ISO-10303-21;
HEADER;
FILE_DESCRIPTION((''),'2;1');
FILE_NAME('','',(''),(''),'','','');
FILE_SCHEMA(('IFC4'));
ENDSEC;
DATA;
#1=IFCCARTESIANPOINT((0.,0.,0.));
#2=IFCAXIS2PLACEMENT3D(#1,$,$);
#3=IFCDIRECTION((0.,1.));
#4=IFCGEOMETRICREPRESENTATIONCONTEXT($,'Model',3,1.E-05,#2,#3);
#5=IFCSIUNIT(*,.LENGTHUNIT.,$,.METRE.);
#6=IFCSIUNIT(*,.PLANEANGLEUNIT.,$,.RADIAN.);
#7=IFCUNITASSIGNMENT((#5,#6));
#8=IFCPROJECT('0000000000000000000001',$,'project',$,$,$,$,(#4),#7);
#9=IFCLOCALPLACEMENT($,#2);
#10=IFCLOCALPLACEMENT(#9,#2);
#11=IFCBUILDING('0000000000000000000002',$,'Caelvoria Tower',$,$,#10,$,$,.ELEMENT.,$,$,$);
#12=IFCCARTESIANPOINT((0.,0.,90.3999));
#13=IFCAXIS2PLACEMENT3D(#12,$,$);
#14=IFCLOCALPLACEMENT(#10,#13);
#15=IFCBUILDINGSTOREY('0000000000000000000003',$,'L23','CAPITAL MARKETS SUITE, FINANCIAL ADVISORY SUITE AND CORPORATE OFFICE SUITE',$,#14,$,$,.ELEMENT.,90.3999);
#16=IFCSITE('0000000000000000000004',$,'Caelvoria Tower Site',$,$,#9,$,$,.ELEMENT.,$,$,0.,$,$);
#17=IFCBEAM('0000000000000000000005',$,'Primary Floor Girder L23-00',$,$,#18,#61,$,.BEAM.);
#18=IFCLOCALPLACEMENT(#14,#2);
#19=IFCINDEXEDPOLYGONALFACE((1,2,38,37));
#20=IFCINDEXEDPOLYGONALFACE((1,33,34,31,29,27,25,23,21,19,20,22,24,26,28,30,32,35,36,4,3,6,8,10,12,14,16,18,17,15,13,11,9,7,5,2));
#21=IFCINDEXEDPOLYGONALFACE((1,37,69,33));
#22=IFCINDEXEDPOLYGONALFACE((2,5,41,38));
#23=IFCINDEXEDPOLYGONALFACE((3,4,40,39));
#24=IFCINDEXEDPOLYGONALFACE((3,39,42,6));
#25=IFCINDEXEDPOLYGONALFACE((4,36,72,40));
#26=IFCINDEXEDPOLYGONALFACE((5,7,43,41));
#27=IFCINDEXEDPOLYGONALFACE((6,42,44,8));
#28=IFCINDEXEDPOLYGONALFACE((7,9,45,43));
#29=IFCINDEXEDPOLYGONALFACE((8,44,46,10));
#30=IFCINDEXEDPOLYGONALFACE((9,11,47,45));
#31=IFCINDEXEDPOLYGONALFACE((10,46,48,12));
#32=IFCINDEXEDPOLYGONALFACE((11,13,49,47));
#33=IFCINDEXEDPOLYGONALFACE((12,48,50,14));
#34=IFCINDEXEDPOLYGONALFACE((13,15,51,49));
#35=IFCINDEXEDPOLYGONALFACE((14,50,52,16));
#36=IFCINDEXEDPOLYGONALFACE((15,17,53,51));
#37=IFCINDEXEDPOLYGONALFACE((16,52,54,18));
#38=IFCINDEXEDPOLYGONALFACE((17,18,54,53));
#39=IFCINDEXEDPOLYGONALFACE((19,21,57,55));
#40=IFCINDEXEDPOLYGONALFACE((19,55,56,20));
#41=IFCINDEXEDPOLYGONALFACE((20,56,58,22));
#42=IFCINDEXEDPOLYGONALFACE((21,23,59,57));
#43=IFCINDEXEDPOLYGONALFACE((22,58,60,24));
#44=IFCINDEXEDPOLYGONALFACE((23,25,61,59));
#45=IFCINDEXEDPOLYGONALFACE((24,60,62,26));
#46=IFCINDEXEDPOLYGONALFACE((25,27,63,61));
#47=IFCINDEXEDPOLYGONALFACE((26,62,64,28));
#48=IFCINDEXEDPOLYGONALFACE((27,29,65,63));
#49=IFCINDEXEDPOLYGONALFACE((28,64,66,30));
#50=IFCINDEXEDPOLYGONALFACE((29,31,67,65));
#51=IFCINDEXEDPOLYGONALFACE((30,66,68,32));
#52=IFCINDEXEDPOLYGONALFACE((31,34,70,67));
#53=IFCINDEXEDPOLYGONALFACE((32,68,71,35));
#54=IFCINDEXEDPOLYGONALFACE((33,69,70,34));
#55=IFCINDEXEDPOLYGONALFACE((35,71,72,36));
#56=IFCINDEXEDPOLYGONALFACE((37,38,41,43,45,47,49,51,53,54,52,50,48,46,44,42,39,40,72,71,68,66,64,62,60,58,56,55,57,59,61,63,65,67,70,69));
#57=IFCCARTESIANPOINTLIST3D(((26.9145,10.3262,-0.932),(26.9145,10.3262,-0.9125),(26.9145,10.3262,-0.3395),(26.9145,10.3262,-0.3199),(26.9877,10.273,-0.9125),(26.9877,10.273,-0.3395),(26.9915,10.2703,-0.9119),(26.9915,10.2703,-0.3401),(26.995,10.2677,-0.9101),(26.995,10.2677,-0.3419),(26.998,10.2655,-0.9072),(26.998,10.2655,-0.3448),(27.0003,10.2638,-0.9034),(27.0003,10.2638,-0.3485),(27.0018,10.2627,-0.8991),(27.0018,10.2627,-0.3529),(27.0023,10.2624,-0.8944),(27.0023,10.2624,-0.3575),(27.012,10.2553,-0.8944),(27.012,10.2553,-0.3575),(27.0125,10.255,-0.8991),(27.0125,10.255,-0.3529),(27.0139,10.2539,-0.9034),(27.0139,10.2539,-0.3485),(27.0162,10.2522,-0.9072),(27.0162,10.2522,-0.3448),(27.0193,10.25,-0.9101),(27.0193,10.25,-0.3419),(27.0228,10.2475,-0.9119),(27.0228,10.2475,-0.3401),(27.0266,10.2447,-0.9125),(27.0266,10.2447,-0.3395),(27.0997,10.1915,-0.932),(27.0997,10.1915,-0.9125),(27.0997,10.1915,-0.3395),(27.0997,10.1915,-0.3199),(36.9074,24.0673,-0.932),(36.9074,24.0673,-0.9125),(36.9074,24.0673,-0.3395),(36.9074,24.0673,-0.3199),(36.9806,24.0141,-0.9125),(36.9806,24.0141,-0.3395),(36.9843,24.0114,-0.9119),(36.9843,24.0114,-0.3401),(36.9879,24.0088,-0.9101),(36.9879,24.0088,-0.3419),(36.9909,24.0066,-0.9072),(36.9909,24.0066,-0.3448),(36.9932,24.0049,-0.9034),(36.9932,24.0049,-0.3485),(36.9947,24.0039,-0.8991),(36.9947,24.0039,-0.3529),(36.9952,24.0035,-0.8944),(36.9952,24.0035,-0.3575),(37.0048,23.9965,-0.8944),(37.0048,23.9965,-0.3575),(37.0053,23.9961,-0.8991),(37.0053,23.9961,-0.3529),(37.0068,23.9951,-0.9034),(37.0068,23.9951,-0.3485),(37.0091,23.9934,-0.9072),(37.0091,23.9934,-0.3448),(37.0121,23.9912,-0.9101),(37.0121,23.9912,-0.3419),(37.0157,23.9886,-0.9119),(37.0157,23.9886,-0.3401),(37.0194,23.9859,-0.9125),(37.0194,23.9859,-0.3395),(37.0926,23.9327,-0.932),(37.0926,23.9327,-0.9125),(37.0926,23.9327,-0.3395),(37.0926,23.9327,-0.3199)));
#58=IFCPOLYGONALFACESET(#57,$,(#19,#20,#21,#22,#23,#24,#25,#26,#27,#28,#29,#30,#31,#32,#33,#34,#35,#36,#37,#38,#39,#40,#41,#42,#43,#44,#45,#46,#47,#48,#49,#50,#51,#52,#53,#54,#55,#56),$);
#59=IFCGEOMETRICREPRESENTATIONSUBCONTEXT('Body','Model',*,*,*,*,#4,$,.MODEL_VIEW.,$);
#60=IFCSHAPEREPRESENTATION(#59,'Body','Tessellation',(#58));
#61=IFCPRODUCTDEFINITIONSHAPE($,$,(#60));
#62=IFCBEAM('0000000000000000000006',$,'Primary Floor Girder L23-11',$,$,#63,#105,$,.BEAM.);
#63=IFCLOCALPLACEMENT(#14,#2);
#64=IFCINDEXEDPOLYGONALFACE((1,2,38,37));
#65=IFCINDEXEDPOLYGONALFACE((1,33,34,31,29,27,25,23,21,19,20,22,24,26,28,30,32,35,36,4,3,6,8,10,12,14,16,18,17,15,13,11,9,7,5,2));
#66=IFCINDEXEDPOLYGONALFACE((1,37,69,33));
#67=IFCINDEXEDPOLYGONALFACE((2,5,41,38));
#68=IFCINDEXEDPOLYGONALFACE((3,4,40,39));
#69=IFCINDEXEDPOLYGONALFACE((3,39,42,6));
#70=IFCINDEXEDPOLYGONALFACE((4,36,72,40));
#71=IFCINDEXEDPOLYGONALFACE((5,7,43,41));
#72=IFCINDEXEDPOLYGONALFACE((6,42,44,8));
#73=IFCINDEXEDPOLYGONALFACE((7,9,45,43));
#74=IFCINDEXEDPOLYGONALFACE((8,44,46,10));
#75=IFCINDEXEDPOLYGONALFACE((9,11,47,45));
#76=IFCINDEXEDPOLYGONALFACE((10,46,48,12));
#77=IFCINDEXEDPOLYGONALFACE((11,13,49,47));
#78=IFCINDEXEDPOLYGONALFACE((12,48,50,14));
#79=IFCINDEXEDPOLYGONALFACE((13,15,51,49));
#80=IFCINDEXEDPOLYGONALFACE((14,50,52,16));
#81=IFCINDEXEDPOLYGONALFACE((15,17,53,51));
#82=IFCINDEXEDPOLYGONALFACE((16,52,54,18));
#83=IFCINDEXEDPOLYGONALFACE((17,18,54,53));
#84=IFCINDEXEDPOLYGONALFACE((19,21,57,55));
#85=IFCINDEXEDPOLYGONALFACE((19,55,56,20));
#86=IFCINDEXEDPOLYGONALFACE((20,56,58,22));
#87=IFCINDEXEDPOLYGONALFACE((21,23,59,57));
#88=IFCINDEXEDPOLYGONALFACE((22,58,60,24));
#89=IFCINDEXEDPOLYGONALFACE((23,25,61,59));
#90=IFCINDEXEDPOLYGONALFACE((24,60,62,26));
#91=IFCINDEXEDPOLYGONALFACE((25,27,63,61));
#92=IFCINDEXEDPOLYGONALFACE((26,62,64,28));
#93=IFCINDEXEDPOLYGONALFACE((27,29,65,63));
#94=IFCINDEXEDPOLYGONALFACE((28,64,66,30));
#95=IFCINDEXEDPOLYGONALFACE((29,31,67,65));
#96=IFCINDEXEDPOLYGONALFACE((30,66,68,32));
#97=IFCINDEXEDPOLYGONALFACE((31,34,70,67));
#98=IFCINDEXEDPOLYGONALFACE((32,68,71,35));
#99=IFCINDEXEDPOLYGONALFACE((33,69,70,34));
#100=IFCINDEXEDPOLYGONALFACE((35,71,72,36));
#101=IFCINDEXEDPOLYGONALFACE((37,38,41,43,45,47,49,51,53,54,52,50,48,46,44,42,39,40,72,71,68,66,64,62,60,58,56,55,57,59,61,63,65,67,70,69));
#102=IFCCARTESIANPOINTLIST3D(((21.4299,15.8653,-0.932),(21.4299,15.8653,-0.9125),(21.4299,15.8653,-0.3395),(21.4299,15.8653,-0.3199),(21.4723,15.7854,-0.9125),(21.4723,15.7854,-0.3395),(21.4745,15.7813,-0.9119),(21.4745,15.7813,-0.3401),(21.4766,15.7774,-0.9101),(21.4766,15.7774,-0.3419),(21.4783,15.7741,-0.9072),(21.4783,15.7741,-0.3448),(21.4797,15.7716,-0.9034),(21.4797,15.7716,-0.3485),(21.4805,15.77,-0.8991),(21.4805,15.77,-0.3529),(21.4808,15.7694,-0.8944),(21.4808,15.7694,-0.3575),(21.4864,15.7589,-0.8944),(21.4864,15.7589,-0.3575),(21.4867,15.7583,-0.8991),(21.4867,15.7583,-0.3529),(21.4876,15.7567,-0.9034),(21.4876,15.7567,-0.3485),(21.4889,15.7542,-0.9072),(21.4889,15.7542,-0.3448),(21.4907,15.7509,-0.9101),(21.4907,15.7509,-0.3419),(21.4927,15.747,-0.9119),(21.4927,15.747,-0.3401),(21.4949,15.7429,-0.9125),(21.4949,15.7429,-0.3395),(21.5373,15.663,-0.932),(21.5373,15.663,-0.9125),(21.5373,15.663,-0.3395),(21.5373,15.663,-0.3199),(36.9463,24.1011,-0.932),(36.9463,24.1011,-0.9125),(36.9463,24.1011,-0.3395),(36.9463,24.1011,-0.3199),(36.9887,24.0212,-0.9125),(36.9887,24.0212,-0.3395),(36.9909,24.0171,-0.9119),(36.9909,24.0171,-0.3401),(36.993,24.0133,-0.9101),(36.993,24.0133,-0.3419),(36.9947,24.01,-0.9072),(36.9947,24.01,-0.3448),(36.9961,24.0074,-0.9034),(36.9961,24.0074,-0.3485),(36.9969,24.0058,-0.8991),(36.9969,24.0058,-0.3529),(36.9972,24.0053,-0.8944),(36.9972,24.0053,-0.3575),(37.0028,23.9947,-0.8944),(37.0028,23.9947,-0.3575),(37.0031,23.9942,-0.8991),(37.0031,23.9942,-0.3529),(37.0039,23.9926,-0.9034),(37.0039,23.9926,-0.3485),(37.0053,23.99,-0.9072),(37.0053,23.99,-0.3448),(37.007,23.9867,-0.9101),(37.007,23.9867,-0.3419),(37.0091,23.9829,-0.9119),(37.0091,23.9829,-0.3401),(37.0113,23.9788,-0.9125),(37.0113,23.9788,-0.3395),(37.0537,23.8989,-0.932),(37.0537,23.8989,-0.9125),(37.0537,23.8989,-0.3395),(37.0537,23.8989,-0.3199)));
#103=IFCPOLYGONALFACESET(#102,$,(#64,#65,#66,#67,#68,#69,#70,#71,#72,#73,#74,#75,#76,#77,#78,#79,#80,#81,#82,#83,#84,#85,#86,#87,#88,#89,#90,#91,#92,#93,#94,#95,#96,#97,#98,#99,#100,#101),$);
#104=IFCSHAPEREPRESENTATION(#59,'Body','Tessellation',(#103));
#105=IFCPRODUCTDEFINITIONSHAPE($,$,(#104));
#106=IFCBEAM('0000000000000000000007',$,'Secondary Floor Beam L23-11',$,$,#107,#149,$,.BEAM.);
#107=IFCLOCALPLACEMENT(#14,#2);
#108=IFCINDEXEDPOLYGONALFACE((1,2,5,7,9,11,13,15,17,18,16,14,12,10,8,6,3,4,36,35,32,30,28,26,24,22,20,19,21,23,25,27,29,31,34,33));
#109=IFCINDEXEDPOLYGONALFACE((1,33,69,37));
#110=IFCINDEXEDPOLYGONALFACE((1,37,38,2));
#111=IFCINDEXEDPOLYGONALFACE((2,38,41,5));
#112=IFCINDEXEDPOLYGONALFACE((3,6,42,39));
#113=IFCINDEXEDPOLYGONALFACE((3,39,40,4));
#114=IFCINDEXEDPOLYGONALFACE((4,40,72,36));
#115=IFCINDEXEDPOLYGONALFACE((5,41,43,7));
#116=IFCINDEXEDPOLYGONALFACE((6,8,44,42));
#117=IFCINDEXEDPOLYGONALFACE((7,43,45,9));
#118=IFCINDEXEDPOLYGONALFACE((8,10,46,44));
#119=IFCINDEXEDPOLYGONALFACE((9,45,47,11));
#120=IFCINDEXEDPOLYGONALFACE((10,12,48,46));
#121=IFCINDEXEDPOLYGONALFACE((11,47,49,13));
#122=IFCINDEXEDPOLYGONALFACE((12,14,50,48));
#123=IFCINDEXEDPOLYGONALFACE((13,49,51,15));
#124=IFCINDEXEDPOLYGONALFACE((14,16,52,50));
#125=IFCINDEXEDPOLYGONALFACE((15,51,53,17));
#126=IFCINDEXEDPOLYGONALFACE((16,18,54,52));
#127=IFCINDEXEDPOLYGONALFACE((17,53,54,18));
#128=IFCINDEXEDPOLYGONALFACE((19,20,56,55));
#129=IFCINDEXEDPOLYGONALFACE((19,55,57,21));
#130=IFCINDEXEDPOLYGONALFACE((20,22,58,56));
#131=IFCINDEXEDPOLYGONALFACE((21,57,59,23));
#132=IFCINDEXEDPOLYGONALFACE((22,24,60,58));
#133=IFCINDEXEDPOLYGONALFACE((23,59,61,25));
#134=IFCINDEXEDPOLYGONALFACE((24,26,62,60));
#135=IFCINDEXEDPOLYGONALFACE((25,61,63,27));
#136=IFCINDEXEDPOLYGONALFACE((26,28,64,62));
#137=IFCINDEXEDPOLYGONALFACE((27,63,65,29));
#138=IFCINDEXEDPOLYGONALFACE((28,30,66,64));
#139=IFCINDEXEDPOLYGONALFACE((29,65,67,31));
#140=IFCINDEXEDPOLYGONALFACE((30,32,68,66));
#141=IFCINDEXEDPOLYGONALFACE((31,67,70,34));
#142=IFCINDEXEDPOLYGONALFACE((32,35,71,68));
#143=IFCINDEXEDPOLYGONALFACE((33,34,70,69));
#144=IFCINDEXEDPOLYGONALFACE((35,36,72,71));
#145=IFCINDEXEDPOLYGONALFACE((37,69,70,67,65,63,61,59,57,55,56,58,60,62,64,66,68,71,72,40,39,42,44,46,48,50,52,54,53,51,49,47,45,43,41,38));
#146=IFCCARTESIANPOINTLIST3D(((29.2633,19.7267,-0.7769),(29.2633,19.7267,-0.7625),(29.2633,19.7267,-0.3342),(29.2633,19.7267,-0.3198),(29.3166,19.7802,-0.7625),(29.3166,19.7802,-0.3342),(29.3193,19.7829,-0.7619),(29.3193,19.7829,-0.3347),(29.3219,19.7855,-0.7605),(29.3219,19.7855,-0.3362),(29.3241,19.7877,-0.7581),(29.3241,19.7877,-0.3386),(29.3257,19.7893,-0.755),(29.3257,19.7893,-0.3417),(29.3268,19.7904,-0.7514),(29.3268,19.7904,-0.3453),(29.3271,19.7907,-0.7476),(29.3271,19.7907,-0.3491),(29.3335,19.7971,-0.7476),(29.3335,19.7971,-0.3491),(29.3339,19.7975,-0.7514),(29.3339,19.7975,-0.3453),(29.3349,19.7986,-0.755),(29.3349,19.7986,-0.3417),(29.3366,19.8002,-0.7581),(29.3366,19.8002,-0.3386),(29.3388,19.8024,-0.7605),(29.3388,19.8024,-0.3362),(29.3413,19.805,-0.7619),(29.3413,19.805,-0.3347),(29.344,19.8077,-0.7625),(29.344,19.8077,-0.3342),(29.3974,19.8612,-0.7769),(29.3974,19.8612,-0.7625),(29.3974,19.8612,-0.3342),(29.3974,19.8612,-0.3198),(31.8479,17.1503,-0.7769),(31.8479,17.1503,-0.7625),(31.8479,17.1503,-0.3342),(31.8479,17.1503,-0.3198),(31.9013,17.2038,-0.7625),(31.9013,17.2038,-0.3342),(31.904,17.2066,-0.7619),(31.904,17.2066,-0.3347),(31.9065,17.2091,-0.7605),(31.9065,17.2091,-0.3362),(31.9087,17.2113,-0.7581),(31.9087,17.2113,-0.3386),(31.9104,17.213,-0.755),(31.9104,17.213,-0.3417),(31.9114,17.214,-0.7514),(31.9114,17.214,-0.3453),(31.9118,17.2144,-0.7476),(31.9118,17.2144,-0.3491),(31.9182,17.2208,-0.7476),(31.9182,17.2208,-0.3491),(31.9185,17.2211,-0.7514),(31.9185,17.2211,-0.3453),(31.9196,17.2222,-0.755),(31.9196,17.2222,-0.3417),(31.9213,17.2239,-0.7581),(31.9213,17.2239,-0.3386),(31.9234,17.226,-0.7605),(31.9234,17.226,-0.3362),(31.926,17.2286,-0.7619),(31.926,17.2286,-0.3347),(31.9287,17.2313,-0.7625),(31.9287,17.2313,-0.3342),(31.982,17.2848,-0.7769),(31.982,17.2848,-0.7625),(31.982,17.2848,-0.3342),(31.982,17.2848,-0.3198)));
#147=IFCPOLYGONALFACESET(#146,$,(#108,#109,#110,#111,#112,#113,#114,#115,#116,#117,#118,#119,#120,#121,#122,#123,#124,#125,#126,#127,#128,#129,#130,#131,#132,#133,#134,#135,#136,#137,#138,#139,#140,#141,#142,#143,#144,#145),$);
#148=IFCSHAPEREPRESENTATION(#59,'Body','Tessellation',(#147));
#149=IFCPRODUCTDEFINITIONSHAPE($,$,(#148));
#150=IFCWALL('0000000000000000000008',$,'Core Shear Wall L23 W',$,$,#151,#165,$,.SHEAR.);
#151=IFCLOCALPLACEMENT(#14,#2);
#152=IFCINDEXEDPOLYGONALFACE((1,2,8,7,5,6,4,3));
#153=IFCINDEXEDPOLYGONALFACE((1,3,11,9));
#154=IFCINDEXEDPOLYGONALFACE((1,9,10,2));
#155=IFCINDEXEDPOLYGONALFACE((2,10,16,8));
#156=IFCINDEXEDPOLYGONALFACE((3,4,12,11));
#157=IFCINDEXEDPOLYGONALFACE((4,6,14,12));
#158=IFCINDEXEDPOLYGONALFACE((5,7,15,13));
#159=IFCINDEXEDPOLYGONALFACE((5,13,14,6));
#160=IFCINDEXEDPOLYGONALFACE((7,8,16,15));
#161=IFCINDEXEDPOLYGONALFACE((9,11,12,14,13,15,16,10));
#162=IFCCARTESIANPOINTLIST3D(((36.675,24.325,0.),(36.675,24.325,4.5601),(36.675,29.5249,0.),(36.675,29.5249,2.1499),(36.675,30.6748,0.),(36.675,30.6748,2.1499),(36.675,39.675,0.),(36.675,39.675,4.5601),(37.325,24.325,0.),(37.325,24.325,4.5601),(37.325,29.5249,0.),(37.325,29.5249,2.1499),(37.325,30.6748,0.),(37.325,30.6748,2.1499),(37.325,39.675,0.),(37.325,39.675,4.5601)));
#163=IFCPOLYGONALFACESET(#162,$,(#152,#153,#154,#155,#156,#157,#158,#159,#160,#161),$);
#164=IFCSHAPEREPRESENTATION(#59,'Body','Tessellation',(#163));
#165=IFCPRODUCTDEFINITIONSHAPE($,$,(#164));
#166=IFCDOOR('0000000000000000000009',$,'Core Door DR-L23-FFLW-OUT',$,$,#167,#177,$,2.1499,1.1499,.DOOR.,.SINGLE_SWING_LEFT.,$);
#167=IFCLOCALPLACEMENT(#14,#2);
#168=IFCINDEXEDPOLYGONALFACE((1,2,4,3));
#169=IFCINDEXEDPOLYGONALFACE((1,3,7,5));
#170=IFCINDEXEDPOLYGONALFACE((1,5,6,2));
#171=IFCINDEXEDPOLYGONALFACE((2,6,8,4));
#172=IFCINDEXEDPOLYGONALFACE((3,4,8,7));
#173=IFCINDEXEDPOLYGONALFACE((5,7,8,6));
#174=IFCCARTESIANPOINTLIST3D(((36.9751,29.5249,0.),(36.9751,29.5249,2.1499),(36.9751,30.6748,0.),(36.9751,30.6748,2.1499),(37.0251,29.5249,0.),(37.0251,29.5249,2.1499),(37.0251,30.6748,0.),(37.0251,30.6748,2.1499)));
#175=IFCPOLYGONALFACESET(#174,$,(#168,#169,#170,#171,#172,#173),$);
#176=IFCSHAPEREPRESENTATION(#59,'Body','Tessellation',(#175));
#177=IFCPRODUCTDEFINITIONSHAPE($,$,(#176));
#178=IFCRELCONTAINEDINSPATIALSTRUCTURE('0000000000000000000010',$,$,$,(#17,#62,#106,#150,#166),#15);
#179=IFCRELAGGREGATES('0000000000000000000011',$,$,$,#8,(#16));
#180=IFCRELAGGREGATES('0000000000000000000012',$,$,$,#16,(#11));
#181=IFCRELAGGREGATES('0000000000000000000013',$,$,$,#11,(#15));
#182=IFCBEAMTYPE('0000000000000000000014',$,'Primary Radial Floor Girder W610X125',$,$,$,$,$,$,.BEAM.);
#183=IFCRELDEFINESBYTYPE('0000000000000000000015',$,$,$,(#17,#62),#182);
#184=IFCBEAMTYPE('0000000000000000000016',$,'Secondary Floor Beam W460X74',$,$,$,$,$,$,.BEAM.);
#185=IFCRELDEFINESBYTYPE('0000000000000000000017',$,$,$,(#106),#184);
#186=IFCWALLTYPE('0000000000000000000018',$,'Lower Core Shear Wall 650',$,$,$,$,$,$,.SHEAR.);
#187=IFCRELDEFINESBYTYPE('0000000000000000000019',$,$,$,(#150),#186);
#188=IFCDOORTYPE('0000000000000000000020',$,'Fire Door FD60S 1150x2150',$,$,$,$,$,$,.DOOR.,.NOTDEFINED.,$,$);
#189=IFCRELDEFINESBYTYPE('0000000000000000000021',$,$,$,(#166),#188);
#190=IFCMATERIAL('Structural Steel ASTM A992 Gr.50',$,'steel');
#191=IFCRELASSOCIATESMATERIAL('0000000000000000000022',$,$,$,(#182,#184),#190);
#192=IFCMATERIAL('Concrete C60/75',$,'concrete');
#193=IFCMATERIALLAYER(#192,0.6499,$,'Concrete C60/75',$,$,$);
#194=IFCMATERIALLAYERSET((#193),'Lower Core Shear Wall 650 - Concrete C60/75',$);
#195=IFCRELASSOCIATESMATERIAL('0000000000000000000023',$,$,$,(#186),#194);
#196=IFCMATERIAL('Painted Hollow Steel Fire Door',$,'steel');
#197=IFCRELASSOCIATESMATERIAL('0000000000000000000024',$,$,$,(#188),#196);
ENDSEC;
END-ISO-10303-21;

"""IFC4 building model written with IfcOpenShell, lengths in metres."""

from ifc_helpers import new_model, si_unit, direction, frame, frame_2d, origin, origin_2d, place, context, subcontext, project, spatial, rectangle, i_section, extrude, material, layer, layer_set, material_profile, profile_set, type_object, element, fill, save


model = new_model("IFC4")

# Units and contexts
model_context = context("Model", 3, precision=1e-05, world=origin(), true_north=direction((0.0, 1.0)))
body_context = subcontext(model_context, "Body", "Model", "MODEL_VIEW")
ifc_project = project(units=[si_unit("LENGTHUNIT", "METRE"), si_unit("PLANEANGLEUNIT", "RADIAN")], contexts=[model_context])

# Site, building, storey
site_placement = place(None, origin())
site = spatial("IfcSite", under=ifc_project, at=site_placement, Name="Caelvoria Tower Site", CompositionType="ELEMENT", RefElevation=0.0)
building_placement = place(site_placement, origin())
building = spatial("IfcBuilding", under=site, at=building_placement, Name="Caelvoria Tower", CompositionType="ELEMENT")
storey_placement = place(building_placement, frame((0.0, 0.0, 90.3999)))
storey = spatial("IfcBuildingStorey", under=building, at=storey_placement, Name="L23", Description="CAPITAL MARKETS SUITE, FINANCIAL ADVISORY SUITE AND CORPORATE OFFICE SUITE", CompositionType="ELEMENT", Elevation=90.3999)

# Beams
ifc_material_1 = material(Name="Structural Steel ASTM A992 Gr.50", Category="steel")
ifc_material_profile_1 = material_profile(ifc_material_1, i_section(OverallWidth=0.229, OverallDepth=0.6121, WebThickness=0.012, FlangeThickness=0.0195, FilletRadius=0.0181, at=origin_2d()), Name="Structural Steel ASTM A992 Gr.50")
ifc_profile_set_1 = profile_set([ifc_material_profile_1], Name="W610X125 - Structural Steel ASTM A992 Gr.50")
beam_type_1 = type_object("IfcBeamType", Name="Primary Radial Floor Girder W610X125", PredefinedType="BEAM", material=ifc_profile_set_1)
beam_1_placement = place(storey_placement, frame((37.0, 24.0, -0.626), z_axis=(-0.588145, -0.808755, 0.0), x_axis=(0.808755, -0.588145, 0.0)))
element("IfcBeam", 1, at=beam_1_placement, inside=storey, type_object=beam_type_1, Name="Primary Floor Girder L23-00", PredefinedType="BEAM", context=body_context, shape_type="SweptSolid", body=[
    extrude(i_section(OverallWidth=0.229, OverallDepth=0.6121, WebThickness=0.012, FlangeThickness=0.0195, FilletRadius=0.0181, at=origin_2d()), origin(), (0.0, 0.0, 1.0), 16.9905),
])
beam_2_placement = place(storey_placement, frame((37.0, 24.0, -0.626), z_axis=(-0.883286, -0.468834, 0.0), x_axis=(0.468834, -0.883286, 0.0)))
element("IfcBeam", 2, at=beam_2_placement, inside=storey, type_object=beam_type_1, Name="Primary Floor Girder L23-11", PredefinedType="BEAM", context=body_context, shape_type="SweptSolid", body=[
    extrude(i_section(OverallWidth=0.229, OverallDepth=0.6121, WebThickness=0.012, FlangeThickness=0.0195, FilletRadius=0.0181, at=origin_2d()), origin(), (0.0, 0.0, 1.0), 17.5667),
])
ifc_material_profile_2 = material_profile(ifc_material_1, i_section(OverallWidth=0.1899, OverallDepth=0.457, WebThickness=0.009, FlangeThickness=0.0144, FilletRadius=0.0149, at=origin_2d()), Name="Structural Steel ASTM A992 Gr.50")
ifc_profile_set_2 = profile_set([ifc_material_profile_2], Name="W460X74 - Structural Steel ASTM A992 Gr.50")
beam_type_2 = type_object("IfcBeamType", Name="Secondary Floor Beam W460X74", PredefinedType="BEAM", material=ifc_profile_set_2)
beam_3_placement = place(storey_placement, frame((29.3303, 19.7939, -0.5483), z_axis=(0.708243, -0.705969, 0.0), x_axis=(0.705969, 0.708243, 0.0)))
element("IfcBeam", 3, at=beam_3_placement, inside=storey, type_object=beam_type_2, Name="Secondary Floor Beam L23-11", PredefinedType="BEAM", context=body_context, shape_type="SweptSolid", body=[
    extrude(i_section(OverallWidth=0.1899, OverallDepth=0.457, WebThickness=0.009, FlangeThickness=0.0144, FilletRadius=0.0149, at=origin_2d()), origin(), (0.0, 0.0, 1.0), 3.6494),
])

# Shared definitions
ifc_material_2 = material(Name="Concrete C60/75", Category="concrete")
ifc_layer_1 = layer(ifc_material_2, 0.6499, Name="Concrete C60/75")
ifc_layer_set_1 = layer_set([ifc_layer_1], Name="Lower Core Shear Wall 650 - Concrete C60/75")
wall_type_1 = type_object("IfcWallType", Name="Lower Core Shear Wall 650", PredefinedType="SHEAR", material=ifc_layer_set_1)

# Wall, opening, door
wall_1_placement = place(storey_placement, frame((37.0, 24.325, 0.0), z_axis=(0.0, 0.0, 1.0), x_axis=(0.0, 1.0, 0.0)))
wall_1 = element("IfcWall", 4, at=wall_1_placement, inside=storey, type_object=wall_type_1, Name="Core Shear Wall L23 W", PredefinedType="SHEAR", context=body_context, shape_type="SweptSolid", body=[
    extrude(rectangle(XDim=15.3501, YDim=0.6499, at=frame_2d((7.675, 0.0))), origin(), (0.0, 0.0, 1.0), 4.5601),
])
opening_1_placement = place(wall_1_placement, frame((5.2, 0.0, 0.0)))
opening_1 = element("IfcOpeningElement", 5, at=opening_1_placement, cuts=wall_1, PredefinedType="OPENING", context=body_context, shape_type="SweptSolid", body=[
    extrude(rectangle(XDim=1.1499, YDim=2.1499, at=frame_2d((0.575, 1.075))), frame((0.0, 0.335, 0.0), z_axis=(0.0, -1.0, 0.0), x_axis=(1.0, 0.0, 0.0)), (0.0, 0.0, 1.0), 0.6699),
])
ifc_material_3 = material(Name="Painted Hollow Steel Fire Door", Category="steel")
door_type_1 = type_object("IfcDoorType", Name="Fire Door FD60S 1150x2150", OperationType="NOTDEFINED", PredefinedType="DOOR", material=ifc_material_3)
door_1_placement = place(opening_1_placement, origin())
door_1 = element("IfcDoor", 6, at=door_1_placement, inside=storey, type_object=door_type_1, Name="Core Door DR-L23-FFLW-OUT", OperationType="SINGLE_SWING_LEFT", OverallHeight=2.1499, OverallWidth=1.1499, PredefinedType="DOOR", context=body_context, shape_type="SweptSolid", body=[
    extrude(rectangle(XDim=1.1499, YDim=2.1499, at=frame_2d((0.575, 1.075))), frame((0.0, 0.0249, 0.0), z_axis=(0.0, -1.0, 0.0), x_axis=(1.0, 0.0, 0.0)), (0.0, 0.0, 1.0), 0.05),
])
fill(opening_1, door_1)

save(model, "model.ifc")
